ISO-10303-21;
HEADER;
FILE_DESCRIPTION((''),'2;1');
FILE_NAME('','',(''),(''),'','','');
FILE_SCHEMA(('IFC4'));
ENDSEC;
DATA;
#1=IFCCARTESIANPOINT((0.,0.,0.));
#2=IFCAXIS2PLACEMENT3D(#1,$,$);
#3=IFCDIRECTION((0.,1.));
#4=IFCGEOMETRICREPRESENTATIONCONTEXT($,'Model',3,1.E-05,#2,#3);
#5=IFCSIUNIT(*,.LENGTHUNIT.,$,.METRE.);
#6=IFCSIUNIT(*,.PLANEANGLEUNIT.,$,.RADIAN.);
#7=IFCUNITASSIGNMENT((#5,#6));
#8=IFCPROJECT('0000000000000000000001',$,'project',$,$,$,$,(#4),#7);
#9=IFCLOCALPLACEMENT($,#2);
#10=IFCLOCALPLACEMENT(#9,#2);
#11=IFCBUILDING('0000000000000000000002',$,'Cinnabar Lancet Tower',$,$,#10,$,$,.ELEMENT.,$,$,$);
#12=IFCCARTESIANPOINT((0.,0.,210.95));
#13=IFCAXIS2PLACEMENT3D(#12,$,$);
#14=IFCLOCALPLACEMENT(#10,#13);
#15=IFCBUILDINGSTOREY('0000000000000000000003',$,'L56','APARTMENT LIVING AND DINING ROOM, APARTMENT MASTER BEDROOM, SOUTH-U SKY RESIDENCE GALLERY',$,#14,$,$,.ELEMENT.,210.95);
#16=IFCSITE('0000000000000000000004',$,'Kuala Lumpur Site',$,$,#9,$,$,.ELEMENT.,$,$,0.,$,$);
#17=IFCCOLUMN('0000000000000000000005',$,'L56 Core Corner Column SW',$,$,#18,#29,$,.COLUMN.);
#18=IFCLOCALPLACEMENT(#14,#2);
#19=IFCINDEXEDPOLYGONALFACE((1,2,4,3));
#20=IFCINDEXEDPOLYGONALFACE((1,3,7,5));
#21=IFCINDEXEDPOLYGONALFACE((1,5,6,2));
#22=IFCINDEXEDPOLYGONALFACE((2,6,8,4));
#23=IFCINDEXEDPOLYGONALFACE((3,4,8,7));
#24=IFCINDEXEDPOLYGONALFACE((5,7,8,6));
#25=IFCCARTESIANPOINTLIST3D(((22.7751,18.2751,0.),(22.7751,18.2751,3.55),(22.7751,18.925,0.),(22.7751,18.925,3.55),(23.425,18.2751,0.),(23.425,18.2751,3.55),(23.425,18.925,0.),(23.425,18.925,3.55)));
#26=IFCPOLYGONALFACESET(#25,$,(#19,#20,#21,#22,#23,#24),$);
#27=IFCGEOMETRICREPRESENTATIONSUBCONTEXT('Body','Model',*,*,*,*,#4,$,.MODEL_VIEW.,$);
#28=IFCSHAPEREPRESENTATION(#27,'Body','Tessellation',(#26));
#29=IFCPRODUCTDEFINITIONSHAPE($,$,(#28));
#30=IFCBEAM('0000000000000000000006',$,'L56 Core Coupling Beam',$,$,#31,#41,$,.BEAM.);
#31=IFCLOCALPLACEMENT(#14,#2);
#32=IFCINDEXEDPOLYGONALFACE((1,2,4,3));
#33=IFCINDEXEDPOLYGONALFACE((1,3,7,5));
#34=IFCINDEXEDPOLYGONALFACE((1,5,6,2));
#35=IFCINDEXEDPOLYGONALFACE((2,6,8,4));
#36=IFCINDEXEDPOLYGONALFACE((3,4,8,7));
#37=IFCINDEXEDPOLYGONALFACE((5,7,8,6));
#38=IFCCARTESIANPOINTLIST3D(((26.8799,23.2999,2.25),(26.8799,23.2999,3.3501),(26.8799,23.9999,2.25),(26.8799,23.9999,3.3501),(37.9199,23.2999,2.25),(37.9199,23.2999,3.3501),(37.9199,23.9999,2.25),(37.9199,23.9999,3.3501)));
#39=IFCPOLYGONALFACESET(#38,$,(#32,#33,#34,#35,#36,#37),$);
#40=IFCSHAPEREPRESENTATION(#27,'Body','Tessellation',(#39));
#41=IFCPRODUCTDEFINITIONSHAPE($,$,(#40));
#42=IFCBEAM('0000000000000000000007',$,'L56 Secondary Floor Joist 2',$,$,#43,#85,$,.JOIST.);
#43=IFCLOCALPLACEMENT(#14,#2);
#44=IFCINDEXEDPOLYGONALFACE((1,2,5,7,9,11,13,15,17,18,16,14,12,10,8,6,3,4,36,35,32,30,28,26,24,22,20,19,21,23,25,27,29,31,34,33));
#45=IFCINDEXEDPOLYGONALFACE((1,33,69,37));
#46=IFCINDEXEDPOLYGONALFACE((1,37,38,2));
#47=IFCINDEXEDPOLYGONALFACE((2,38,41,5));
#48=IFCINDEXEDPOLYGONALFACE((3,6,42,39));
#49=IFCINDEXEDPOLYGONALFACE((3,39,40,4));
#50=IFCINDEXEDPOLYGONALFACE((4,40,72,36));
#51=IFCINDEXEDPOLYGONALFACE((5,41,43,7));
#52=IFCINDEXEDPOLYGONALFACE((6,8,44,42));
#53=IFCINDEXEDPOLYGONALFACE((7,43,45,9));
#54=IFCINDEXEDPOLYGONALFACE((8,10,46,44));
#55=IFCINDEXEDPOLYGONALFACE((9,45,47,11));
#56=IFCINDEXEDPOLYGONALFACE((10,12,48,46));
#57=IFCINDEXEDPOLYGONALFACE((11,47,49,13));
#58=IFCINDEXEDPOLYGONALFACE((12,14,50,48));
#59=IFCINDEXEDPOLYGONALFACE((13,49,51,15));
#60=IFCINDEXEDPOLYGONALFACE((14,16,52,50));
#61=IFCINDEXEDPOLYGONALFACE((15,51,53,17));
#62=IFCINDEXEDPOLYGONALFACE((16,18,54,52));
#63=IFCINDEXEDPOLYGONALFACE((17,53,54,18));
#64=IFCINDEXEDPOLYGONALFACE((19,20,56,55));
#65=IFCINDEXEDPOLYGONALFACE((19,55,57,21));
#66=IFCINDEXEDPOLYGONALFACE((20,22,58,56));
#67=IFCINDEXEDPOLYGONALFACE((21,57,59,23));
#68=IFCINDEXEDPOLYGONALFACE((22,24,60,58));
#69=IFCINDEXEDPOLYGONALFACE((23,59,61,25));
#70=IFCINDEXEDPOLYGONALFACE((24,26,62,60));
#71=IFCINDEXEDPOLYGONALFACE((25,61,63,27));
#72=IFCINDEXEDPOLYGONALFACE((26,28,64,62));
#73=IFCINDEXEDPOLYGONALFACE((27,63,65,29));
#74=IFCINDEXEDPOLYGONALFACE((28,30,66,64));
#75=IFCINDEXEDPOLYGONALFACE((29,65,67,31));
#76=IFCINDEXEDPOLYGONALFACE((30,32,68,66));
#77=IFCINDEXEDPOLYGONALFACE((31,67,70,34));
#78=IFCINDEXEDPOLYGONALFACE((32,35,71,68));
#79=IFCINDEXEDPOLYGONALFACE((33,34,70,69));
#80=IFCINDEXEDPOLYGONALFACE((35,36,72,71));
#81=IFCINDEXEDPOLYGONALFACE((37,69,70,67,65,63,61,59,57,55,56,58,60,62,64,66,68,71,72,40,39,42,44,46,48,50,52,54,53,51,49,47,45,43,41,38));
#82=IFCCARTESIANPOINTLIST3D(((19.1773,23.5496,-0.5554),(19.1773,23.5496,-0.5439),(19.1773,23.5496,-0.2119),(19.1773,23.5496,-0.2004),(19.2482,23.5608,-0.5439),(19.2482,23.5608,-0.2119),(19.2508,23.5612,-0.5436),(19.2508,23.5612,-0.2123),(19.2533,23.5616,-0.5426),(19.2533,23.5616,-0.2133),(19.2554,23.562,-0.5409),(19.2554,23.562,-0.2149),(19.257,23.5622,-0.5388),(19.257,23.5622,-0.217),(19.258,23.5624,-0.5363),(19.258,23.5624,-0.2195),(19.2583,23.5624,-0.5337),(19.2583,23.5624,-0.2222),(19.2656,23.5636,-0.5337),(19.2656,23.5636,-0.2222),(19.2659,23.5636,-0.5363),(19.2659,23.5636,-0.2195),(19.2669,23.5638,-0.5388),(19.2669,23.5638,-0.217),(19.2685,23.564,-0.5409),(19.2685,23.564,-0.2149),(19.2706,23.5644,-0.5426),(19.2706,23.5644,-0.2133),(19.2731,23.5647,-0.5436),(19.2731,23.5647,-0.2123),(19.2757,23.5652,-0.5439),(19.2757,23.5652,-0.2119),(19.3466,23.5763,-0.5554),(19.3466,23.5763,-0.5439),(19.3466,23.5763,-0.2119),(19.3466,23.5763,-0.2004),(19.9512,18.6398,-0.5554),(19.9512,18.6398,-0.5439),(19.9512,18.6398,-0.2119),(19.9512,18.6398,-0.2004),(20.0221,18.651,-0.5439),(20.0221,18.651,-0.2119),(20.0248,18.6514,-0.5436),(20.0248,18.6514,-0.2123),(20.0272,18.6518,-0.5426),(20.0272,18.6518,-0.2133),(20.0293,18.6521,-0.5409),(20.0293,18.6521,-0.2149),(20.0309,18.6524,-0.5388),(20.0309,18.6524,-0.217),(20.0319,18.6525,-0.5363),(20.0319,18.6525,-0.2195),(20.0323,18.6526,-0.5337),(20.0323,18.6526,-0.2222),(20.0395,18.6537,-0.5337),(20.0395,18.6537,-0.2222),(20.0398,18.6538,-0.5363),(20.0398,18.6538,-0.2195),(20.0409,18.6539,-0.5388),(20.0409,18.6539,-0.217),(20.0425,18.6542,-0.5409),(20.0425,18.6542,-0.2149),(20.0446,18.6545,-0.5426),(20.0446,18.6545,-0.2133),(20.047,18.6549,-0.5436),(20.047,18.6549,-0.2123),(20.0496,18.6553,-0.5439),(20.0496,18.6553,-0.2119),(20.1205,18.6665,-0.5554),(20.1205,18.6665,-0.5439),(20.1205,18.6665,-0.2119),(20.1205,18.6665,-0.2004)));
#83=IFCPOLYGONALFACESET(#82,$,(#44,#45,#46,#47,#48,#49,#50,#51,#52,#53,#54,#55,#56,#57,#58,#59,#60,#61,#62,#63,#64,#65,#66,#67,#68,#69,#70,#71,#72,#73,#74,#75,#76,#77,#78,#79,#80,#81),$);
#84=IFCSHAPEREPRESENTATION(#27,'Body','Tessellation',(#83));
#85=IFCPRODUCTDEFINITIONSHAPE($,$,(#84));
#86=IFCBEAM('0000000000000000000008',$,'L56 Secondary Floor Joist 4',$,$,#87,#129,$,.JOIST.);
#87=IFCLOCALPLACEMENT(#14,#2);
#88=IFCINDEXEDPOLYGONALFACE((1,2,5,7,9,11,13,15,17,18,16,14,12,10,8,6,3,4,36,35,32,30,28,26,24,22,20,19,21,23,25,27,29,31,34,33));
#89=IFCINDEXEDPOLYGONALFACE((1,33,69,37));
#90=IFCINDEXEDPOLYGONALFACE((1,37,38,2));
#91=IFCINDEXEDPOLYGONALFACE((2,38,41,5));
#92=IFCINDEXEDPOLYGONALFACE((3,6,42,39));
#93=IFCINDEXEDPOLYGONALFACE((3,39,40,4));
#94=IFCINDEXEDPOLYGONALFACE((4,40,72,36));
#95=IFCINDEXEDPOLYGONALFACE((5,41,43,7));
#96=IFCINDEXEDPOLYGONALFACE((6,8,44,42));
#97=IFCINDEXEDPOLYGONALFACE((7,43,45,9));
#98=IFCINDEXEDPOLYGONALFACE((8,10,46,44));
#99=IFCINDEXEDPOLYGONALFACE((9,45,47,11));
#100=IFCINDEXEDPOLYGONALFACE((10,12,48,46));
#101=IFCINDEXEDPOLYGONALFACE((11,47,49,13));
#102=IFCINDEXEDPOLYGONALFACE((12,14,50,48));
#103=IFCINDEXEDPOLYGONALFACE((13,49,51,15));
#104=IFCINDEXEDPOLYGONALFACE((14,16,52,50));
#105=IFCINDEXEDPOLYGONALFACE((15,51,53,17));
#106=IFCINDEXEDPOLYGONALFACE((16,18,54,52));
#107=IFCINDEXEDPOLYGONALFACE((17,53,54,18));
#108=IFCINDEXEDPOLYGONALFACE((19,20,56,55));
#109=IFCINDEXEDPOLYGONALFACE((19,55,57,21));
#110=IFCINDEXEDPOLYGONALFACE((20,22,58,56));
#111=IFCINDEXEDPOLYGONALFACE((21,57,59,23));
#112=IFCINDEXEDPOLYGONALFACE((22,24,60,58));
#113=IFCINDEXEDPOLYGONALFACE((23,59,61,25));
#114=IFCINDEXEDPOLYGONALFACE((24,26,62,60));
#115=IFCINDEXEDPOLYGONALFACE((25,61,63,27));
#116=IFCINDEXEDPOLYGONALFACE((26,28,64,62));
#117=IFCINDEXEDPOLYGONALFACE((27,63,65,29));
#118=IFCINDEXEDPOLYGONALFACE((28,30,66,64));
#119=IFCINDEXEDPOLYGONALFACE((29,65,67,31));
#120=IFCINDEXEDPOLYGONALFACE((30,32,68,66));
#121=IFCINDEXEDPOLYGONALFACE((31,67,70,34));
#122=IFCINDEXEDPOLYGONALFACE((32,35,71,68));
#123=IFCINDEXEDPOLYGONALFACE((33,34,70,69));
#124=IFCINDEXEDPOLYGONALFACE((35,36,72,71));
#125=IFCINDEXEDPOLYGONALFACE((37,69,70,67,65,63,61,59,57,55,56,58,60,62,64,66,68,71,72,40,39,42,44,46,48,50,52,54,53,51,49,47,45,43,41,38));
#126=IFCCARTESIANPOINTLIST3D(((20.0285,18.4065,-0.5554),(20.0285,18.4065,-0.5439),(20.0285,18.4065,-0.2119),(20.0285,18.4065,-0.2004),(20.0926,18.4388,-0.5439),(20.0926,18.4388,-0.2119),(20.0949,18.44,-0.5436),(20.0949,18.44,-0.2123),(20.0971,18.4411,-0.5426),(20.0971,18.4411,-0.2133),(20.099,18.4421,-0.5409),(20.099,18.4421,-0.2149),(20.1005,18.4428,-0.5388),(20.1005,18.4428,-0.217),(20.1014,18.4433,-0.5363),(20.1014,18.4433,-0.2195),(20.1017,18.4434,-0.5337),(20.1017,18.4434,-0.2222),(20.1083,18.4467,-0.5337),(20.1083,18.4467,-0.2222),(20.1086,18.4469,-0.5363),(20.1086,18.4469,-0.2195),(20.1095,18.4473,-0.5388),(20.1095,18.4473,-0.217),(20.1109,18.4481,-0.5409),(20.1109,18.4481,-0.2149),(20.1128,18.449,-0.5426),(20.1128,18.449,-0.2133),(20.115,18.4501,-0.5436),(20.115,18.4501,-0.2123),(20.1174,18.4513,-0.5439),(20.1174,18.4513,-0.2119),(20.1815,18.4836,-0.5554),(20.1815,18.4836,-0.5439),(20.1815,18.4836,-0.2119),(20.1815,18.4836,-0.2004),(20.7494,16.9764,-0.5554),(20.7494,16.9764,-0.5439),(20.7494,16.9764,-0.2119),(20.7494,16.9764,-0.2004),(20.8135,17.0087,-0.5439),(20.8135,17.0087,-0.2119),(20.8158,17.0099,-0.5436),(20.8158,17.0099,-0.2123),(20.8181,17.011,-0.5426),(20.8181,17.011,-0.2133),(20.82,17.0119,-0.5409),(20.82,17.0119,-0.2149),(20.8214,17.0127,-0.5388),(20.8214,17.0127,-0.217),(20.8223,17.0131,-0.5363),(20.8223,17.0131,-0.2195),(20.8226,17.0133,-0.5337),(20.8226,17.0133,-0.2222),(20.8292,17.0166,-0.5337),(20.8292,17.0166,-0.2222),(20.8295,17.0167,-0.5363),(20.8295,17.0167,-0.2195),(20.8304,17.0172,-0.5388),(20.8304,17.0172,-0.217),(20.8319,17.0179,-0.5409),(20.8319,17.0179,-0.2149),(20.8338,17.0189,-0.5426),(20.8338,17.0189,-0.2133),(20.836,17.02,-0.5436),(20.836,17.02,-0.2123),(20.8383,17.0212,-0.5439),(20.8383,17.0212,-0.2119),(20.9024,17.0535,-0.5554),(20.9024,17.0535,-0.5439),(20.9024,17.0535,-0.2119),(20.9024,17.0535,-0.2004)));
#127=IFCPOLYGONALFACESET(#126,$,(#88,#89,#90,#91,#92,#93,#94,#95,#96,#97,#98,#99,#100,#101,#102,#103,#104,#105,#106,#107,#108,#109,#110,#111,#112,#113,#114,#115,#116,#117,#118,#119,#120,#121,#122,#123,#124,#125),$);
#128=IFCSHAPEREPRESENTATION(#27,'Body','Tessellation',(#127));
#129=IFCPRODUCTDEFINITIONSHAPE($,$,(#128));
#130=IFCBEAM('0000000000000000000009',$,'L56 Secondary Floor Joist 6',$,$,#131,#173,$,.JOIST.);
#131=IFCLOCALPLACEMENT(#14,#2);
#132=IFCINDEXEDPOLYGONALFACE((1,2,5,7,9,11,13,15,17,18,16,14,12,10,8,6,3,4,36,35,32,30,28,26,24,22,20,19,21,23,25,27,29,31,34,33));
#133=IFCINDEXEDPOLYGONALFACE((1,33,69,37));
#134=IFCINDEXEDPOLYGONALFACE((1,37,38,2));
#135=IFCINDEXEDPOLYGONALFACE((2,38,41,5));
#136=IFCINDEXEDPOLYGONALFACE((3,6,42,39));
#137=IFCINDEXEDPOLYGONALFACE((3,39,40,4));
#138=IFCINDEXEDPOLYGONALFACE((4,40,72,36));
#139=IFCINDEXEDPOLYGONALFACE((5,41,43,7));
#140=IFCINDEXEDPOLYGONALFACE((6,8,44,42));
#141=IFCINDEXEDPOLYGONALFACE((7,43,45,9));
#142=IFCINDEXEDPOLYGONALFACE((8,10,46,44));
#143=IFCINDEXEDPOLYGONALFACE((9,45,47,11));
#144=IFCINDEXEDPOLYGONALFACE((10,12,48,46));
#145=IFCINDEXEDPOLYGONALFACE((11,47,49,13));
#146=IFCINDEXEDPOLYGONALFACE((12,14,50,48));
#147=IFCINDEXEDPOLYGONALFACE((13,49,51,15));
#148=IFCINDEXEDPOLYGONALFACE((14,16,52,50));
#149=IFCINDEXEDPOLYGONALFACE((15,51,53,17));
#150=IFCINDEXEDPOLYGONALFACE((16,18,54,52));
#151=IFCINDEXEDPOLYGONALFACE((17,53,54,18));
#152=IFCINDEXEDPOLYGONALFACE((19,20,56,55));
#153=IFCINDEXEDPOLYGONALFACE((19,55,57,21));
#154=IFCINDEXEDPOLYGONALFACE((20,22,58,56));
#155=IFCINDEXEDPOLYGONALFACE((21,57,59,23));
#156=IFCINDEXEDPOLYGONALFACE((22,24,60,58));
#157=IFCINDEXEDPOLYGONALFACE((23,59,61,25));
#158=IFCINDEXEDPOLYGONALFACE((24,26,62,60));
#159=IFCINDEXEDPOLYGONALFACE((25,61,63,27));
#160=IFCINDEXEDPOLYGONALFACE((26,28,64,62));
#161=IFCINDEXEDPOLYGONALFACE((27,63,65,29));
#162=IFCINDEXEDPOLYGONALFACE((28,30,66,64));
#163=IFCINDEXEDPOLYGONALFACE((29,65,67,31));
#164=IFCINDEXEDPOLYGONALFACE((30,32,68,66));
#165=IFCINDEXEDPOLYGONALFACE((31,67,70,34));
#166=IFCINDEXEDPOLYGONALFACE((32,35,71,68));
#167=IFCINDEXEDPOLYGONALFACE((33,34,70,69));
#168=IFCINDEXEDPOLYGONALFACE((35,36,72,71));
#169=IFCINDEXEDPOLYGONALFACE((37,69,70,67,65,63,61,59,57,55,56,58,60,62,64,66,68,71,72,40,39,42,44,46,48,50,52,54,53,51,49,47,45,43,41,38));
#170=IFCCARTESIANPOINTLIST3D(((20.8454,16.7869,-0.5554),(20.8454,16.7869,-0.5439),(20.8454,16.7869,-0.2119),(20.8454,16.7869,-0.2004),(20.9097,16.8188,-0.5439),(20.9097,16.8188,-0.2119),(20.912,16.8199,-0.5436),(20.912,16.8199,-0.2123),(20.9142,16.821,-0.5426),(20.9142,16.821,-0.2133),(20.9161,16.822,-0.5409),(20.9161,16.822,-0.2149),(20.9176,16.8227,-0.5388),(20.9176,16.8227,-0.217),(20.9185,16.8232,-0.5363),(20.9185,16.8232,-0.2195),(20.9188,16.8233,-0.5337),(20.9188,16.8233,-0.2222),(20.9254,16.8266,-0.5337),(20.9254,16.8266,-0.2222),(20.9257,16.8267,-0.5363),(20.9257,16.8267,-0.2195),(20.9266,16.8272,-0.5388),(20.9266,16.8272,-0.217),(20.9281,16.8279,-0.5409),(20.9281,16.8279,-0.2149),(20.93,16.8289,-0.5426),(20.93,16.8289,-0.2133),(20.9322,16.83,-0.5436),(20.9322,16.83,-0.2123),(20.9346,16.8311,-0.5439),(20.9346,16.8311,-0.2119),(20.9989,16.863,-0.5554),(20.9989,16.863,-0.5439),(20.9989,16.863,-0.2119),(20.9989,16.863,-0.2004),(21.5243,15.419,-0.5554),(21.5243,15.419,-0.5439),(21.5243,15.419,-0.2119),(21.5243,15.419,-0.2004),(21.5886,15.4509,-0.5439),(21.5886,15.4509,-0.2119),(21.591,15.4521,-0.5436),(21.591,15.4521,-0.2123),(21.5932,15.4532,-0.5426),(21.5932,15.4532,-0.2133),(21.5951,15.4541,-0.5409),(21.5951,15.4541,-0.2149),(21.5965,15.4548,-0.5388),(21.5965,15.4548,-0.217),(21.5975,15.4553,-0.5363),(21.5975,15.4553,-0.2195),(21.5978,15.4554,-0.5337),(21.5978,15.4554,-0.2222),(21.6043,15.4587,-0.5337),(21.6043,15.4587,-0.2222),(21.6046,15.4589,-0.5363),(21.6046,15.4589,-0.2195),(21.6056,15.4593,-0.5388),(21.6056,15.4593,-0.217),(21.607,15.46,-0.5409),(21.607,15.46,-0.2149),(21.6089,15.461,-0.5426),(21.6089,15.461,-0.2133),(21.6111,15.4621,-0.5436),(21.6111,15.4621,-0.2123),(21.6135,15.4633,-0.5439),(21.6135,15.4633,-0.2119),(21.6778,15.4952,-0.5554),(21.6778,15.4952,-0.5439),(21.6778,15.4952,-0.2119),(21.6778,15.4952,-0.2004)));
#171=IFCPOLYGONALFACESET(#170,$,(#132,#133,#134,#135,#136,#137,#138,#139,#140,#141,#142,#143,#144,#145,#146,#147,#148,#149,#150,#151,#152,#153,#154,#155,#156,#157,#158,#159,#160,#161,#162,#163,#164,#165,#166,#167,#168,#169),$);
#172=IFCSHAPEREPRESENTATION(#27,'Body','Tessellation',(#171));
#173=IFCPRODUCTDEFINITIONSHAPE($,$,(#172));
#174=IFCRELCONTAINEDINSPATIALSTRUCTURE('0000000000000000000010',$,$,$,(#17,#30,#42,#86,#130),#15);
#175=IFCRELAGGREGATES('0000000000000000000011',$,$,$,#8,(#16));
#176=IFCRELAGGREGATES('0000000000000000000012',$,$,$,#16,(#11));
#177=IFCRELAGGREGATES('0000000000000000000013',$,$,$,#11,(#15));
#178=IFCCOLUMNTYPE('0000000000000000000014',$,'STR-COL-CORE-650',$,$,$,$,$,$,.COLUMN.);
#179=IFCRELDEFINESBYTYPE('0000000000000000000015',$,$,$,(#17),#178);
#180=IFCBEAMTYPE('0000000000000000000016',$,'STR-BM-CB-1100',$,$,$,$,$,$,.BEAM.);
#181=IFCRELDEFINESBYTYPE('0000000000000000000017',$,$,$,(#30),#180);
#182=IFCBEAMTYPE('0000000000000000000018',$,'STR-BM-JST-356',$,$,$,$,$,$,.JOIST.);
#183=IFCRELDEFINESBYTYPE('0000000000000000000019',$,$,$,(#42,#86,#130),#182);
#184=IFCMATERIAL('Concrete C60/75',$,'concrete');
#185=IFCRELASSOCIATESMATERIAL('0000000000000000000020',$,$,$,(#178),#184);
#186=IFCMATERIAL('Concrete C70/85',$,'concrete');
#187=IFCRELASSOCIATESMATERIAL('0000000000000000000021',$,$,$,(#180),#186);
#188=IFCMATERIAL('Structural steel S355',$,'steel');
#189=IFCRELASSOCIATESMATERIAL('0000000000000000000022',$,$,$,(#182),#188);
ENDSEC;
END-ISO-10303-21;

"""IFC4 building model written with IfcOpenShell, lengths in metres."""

from ifc_helpers import new_model, si_unit, direction, frame, origin, origin_2d, place, context, subcontext, project, spatial, rectangle, i_section, extrude, material, material_profile, profile_set, type_object, element, save


model = new_model("IFC4")

# Units and contexts
model_context = context("Model", 3, precision=1e-05, world=origin(), true_north=direction((0.0, 1.0)))
body_context = subcontext(model_context, "Body", "Model", "MODEL_VIEW")
ifc_project = project(units=[si_unit("LENGTHUNIT", "METRE"), si_unit("PLANEANGLEUNIT", "RADIAN")], contexts=[model_context])

# Site, building, storey
site_placement = place(None, origin())
site = spatial("IfcSite", under=ifc_project, at=site_placement, Name="Kuala Lumpur Site", CompositionType="ELEMENT", RefElevation=0.0)
building_placement = place(site_placement, origin())
building = spatial("IfcBuilding", under=site, at=building_placement, Name="Cinnabar Lancet Tower", CompositionType="ELEMENT")
storey_placement = place(building_placement, frame((0.0, 0.0, 210.95)))
storey = spatial("IfcBuildingStorey", under=building, at=storey_placement, Name="L56", Description="APARTMENT LIVING AND DINING ROOM, APARTMENT MASTER BEDROOM, SOUTH-U SKY RESIDENCE GALLERY", CompositionType="ELEMENT", Elevation=210.95)

# Column
ifc_material_1 = material(Name="Concrete C60/75", Category="concrete")
ifc_material_profile_1 = material_profile(ifc_material_1, rectangle(XDim=0.6499, YDim=0.6499, at=origin_2d()), Name="RC-COL 650x650")
ifc_profile_set_1 = profile_set([ifc_material_profile_1], Name="Concrete C60/75")
column_type = type_object("IfcColumnType", Name="STR-COL-CORE-650", PredefinedType="COLUMN", material=ifc_profile_set_1)
column_placement = place(storey_placement, frame((23.1001, 18.6001, 0.0), z_axis=(0.0, 0.0, 1.0), x_axis=(1.0, 0.0, 0.0)))
element("IfcColumn", 1, at=column_placement, inside=storey, type_object=column_type, Name="L56 Core Corner Column SW", PredefinedType="COLUMN", context=body_context, shape_type="SweptSolid", body=[
    extrude(rectangle(XDim=0.6499, YDim=0.6499, at=origin_2d()), origin(), (0.0, 0.0, 1.0), 3.55),
])

# Beams
ifc_material_2 = material(Name="Concrete C70/85", Category="concrete")
ifc_material_profile_2 = material_profile(ifc_material_2, rectangle(XDim=0.7, YDim=1.1001, at=origin_2d()), Name="RC-CB 700x1100")
ifc_profile_set_2 = profile_set([ifc_material_profile_2], Name="Concrete C70/85")
beam_type_1 = type_object("IfcBeamType", Name="STR-BM-CB-1100", PredefinedType="BEAM", material=ifc_profile_set_2)
beam_1_placement = place(storey_placement, frame((26.8799, 23.6499, 2.8), z_axis=(1.0, 0.0, 0.0), x_axis=(0.0, 1.0, 0.0)))
element("IfcBeam", 2, at=beam_1_placement, inside=storey, type_object=beam_type_1, Name="L56 Core Coupling Beam", PredefinedType="BEAM", context=body_context, shape_type="SweptSolid", body=[
    extrude(rectangle(XDim=0.7, YDim=1.1001, at=origin_2d()), origin(), (0.0, 0.0, 1.0), 11.04),
])
ifc_material_3 = material(Name="Structural steel S355", Category="steel")
ifc_material_profile_3 = material_profile(ifc_material_3, i_section(OverallWidth=0.1714, OverallDepth=0.355, WebThickness=0.0073, FlangeThickness=0.0115, FilletRadius=0.0103, at=origin_2d()), Name="UKB 356x171x51")
ifc_profile_set_3 = profile_set([ifc_material_profile_3], Name="Structural steel S355")
beam_type_2 = type_object("IfcBeamType", Name="STR-BM-JST-356", PredefinedType="JOIST", material=ifc_profile_set_3)
beam_2_placement = place(storey_placement, frame((19.262, 23.563, -0.3779), z_axis=(0.155703, -0.987804, 0.0), x_axis=(0.987804, 0.155703, 0.0)))
element("IfcBeam", 3, at=beam_2_placement, inside=storey, type_object=beam_type_2, Name="L56 Secondary Floor Joist 2", PredefinedType="JOIST", context=body_context, shape_type="SweptSolid", body=[
    extrude(i_section(OverallWidth=0.1714, OverallDepth=0.355, WebThickness=0.0073, FlangeThickness=0.0115, FilletRadius=0.0103, at=origin_2d()), origin(), (0.0, 0.0, 1.0), 4.9705),
])
beam_3_placement = place(storey_placement, frame((20.105, 18.4451, -0.3779), z_axis=(0.450138, -0.892959, 0.0), x_axis=(0.892959, 0.450138, 0.0)))
element("IfcBeam", 4, at=beam_3_placement, inside=storey, type_object=beam_type_2, Name="L56 Secondary Floor Joist 4", PredefinedType="JOIST", context=body_context, shape_type="SweptSolid", body=[
    extrude(i_section(OverallWidth=0.1714, OverallDepth=0.355, WebThickness=0.0073, FlangeThickness=0.0115, FilletRadius=0.0103, at=origin_2d()), origin(), (0.0, 0.0, 1.0), 1.6016),
])
beam_4_placement = place(storey_placement, frame((20.9221, 16.825, -0.3779), z_axis=(0.44459, -0.895734, 0.0), x_axis=(0.895734, 0.44459, 0.0)))
element("IfcBeam", 5, at=beam_4_placement, inside=storey, type_object=beam_type_2, Name="L56 Secondary Floor Joist 6", PredefinedType="JOIST", context=body_context, shape_type="SweptSolid", body=[
    extrude(i_section(OverallWidth=0.1714, OverallDepth=0.355, WebThickness=0.0073, FlangeThickness=0.0115, FilletRadius=0.0103, at=origin_2d()), origin(), (0.0, 0.0, 1.0), 1.5271),
])

save(model, "model.ifc")
